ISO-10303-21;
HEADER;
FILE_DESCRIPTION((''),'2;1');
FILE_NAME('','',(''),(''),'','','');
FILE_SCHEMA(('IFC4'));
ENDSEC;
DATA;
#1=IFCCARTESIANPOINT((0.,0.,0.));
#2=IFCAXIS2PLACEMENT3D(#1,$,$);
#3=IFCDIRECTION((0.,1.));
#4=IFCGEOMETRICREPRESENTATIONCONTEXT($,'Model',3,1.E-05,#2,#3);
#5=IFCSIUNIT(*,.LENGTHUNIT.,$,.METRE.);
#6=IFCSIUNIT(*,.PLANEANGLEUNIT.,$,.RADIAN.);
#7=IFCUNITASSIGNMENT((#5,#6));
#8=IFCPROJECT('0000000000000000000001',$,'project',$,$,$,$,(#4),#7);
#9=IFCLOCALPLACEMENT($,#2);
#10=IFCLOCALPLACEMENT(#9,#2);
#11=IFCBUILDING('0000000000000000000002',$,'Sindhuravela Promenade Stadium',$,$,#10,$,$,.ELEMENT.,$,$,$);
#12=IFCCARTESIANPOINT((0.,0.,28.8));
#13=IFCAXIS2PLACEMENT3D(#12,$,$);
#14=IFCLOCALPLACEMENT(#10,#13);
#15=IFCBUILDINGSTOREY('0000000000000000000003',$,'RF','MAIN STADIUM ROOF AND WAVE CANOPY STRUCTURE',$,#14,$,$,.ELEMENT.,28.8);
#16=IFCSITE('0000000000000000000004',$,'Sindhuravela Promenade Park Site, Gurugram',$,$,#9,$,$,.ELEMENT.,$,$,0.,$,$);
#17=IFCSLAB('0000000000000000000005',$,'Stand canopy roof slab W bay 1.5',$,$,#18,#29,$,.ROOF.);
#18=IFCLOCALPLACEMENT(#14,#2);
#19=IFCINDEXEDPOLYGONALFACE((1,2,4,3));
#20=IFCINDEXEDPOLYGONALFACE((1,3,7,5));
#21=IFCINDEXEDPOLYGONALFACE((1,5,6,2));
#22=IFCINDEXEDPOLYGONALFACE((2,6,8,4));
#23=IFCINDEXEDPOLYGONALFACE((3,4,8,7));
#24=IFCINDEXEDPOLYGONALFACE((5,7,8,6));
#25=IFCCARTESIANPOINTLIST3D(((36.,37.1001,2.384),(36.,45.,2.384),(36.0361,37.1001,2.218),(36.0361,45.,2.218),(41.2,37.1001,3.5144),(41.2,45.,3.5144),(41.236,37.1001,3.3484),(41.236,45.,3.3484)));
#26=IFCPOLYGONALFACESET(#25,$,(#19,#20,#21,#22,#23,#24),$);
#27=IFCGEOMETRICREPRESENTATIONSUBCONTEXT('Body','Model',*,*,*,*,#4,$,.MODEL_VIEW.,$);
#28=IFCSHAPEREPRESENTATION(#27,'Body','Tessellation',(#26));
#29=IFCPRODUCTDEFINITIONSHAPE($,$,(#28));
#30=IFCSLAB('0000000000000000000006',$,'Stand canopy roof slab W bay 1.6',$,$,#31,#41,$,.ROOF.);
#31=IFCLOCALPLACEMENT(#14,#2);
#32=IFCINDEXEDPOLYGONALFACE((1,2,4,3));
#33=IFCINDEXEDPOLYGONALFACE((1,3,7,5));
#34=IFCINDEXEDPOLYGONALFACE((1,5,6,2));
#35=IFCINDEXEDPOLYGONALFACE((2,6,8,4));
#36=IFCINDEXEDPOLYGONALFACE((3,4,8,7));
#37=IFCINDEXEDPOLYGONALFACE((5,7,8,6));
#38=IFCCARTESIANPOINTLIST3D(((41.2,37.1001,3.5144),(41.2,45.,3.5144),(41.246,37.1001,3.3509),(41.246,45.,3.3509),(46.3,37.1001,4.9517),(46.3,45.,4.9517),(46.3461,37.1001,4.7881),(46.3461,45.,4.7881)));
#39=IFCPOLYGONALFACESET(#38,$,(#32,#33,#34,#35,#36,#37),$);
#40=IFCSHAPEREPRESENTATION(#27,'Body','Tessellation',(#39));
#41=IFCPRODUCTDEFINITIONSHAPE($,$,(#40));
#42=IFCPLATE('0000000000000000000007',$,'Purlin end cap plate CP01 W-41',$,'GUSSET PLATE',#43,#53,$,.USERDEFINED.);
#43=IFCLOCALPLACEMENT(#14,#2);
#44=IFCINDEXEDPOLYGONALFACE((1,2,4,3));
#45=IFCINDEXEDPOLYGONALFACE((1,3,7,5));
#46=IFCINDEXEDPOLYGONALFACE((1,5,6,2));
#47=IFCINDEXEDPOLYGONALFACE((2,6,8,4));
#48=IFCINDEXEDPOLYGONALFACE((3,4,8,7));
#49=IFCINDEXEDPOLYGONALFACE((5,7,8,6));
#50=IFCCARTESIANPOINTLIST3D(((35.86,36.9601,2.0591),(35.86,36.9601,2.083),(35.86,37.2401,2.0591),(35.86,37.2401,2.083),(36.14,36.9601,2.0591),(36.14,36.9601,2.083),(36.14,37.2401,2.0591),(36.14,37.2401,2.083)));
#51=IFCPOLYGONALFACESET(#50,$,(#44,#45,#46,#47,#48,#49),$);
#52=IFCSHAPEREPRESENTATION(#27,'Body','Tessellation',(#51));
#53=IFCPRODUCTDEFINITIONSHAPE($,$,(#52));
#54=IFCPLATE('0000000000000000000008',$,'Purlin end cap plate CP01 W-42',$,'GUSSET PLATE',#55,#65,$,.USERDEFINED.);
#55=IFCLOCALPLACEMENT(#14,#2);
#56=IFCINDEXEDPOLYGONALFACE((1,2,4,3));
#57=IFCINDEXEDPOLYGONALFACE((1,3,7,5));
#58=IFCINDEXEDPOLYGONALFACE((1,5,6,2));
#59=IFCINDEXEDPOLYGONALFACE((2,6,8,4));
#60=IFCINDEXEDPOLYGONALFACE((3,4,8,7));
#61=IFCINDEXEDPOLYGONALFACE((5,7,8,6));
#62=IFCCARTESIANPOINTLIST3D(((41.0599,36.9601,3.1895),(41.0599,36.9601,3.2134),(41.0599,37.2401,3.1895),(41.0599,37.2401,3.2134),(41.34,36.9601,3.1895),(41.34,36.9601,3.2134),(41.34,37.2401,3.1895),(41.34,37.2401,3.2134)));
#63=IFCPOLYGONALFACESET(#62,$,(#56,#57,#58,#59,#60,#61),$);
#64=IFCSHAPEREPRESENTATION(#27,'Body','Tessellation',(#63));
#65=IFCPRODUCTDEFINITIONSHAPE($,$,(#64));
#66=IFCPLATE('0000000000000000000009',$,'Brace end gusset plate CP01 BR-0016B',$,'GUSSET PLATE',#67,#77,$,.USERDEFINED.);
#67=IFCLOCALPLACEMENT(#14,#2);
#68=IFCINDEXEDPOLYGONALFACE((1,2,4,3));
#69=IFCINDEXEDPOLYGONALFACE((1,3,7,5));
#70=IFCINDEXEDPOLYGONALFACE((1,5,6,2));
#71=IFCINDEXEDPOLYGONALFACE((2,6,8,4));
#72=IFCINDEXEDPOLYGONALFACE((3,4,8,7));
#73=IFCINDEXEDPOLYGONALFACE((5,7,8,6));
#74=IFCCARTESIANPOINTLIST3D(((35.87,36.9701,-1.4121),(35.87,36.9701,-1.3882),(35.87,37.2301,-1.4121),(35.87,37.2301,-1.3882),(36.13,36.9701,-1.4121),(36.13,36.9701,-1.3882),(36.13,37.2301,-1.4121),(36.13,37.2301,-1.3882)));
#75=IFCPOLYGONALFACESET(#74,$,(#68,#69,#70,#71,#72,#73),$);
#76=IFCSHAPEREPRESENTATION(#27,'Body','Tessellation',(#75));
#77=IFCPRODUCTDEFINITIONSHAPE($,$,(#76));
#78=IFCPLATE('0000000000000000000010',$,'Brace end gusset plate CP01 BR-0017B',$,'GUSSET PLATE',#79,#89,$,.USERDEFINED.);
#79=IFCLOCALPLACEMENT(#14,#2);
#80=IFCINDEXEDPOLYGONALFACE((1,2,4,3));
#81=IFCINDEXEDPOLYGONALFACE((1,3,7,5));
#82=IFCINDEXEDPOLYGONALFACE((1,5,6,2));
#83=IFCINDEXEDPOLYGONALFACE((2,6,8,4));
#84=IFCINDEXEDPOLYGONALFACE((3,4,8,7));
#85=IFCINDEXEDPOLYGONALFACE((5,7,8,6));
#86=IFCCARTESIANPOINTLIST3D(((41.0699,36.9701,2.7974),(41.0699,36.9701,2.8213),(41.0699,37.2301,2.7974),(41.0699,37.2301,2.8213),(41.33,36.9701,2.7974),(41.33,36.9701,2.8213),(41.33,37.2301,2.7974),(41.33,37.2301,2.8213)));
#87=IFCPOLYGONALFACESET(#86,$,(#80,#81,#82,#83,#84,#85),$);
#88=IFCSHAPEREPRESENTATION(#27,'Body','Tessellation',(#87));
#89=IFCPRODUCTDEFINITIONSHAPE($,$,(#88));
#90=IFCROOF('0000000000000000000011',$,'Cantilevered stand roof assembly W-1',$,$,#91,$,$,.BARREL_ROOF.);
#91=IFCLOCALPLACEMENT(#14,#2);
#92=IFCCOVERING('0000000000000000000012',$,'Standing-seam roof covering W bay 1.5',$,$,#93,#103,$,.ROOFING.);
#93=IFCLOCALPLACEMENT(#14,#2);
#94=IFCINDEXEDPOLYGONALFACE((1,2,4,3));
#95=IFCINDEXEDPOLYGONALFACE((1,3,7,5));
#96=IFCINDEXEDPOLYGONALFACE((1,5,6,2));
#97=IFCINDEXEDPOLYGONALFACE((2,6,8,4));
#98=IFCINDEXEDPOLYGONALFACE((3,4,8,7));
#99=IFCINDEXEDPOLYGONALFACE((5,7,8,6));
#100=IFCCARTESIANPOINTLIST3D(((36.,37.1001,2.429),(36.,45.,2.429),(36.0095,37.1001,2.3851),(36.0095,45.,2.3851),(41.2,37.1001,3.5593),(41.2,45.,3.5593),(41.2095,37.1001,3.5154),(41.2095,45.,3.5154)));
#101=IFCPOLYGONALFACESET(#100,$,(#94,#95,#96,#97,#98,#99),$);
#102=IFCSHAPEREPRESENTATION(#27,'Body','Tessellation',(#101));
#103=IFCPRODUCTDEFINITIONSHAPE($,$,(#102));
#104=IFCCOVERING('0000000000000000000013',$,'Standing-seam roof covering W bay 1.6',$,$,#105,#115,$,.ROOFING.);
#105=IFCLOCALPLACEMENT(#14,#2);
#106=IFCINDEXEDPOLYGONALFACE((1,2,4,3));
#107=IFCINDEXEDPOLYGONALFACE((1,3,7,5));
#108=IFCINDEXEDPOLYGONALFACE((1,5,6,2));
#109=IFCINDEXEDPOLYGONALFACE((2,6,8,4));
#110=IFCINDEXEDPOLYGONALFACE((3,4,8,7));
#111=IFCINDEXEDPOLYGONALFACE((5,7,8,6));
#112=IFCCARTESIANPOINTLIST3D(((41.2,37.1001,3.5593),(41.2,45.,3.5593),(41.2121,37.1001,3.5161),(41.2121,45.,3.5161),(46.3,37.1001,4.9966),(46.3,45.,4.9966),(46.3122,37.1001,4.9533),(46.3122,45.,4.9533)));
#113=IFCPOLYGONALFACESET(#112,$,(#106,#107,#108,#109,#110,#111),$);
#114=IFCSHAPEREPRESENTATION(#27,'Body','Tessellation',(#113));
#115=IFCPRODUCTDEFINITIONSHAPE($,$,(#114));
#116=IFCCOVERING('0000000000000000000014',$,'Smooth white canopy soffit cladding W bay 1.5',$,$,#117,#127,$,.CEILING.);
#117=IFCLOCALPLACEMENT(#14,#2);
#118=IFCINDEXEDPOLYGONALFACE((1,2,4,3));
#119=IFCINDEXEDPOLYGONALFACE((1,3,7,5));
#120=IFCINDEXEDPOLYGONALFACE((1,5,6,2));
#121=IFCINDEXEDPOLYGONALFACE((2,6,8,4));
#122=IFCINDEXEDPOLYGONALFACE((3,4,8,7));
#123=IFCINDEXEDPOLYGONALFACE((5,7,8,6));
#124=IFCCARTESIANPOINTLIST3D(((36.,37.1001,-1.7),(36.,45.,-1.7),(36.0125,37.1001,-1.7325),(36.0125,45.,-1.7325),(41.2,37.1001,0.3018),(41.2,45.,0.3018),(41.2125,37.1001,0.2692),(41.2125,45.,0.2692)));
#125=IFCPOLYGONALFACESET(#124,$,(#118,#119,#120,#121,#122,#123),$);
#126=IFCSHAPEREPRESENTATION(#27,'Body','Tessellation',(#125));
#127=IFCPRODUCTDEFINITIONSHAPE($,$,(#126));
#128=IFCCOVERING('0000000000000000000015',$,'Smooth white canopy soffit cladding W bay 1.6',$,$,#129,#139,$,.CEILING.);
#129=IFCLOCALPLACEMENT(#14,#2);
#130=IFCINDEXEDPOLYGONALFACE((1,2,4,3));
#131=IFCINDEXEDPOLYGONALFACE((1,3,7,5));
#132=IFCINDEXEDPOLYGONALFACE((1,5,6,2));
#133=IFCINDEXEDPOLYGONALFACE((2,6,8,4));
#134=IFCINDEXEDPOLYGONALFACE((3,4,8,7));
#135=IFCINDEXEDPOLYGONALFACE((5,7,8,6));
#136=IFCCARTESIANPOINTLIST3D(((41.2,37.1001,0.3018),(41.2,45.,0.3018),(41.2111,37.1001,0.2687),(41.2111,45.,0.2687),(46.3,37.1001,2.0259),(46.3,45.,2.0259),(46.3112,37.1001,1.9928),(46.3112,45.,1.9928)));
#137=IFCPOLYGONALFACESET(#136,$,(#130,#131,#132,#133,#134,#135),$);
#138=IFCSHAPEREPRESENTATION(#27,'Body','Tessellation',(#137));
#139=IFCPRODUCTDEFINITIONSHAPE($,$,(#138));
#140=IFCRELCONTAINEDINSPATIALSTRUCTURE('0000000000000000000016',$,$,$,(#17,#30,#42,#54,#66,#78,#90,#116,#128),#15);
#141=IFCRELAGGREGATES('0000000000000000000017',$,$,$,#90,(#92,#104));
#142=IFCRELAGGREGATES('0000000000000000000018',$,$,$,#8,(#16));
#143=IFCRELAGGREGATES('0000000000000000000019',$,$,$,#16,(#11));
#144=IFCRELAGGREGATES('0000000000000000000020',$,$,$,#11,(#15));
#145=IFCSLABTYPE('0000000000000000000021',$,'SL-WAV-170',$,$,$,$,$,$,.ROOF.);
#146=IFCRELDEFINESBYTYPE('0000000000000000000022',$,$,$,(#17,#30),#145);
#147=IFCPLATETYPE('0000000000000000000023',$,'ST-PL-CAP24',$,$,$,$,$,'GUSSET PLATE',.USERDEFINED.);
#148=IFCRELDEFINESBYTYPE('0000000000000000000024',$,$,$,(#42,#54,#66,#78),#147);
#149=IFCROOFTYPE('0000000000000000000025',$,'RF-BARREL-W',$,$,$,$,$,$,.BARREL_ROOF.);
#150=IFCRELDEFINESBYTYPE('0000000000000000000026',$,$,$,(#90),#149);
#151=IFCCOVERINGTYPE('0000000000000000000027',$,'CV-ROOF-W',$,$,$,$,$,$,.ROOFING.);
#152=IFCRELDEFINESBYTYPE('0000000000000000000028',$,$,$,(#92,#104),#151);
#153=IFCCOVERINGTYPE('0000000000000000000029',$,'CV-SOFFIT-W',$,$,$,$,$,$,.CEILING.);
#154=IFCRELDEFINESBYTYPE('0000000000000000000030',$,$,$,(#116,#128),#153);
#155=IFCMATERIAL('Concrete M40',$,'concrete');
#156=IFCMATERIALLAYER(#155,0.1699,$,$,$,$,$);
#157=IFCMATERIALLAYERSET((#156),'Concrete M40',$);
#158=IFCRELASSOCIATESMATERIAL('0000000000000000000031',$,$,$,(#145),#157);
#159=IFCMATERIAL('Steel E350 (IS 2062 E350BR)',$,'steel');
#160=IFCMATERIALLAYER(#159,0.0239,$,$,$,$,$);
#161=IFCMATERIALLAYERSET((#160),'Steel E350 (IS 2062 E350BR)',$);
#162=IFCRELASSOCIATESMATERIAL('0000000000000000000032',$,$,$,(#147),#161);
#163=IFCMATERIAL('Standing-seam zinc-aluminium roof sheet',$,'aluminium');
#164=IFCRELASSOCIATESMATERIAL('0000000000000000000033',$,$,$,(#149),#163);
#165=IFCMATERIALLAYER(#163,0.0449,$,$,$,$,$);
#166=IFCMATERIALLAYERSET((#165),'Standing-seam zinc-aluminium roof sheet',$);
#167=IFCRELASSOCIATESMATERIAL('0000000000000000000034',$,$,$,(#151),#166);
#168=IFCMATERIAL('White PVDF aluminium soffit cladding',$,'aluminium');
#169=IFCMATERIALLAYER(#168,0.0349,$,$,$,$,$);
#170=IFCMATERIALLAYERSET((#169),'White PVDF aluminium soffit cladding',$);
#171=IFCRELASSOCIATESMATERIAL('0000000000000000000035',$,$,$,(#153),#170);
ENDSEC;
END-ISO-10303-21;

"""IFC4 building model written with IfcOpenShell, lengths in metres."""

from ifc_helpers import new_model, si_unit, direction, frame, origin, origin_2d, place, context, subcontext, project, spatial, polyline, rectangle, outline, extrude, material, layer, layer_set, type_object, element, aggregate, save


model = new_model("IFC4")

# Units and contexts
model_context = context("Model", 3, precision=1e-05, world=origin(), true_north=direction((0.0, 1.0)))
body_context = subcontext(model_context, "Body", "Model", "MODEL_VIEW")
ifc_project = project(units=[si_unit("LENGTHUNIT", "METRE"), si_unit("PLANEANGLEUNIT", "RADIAN")], contexts=[model_context])

# Site, building, storey
site_placement = place(None, origin())
site = spatial("IfcSite", under=ifc_project, at=site_placement, Name="Sindhuravela Promenade Park Site, Gurugram", CompositionType="ELEMENT", RefElevation=0.0)
building_placement = place(site_placement, origin())
building = spatial("IfcBuilding", under=site, at=building_placement, Name="Sindhuravela Promenade Stadium", CompositionType="ELEMENT")
storey_placement = place(building_placement, frame((0.0, 0.0, 28.8)))
storey = spatial("IfcBuildingStorey", under=building, at=storey_placement, Name="RF", Description="MAIN STADIUM ROOF AND WAVE CANOPY STRUCTURE", CompositionType="ELEMENT", Elevation=28.8)

# Shared definitions
ifc_material_1 = material(Name="Steel E350 (IS 2062 E350BR)", Category="steel")

# Slabs
ifc_material_2 = material(Name="Concrete M40", Category="concrete")
ifc_layer_1 = layer(ifc_material_2, 0.1699)
ifc_layer_set_1 = layer_set([ifc_layer_1], Name="Concrete M40")
slab_type = type_object("IfcSlabType", Name="SL-WAV-170", PredefinedType="ROOF", material=ifc_layer_set_1)
slab_1_placement = place(storey_placement, frame((36.0, 37.1001, 2.384), z_axis=(-0.21242, 0.0, 0.977178), x_axis=(0.0, 1.0, 0.0)))
element("IfcSlab", 1, at=slab_1_placement, inside=storey, type_object=slab_type, Name="Stand canopy roof slab W bay 1.5", PredefinedType="ROOF", context=body_context, shape_type="SweptSolid", body=[
    extrude(outline(polyline([(0.0, 0.0), (0.0, -5.3214), (7.8999, -5.3214), (7.8999, 0.0), (0.0, 0.0)])), origin(), (0.0, 0.0, -1.0), 0.1699),
])
slab_2_placement = place(storey_placement, frame((41.2, 37.1001, 3.5144), z_axis=(-0.271245, 0.0, 0.96251), x_axis=(0.0, 1.0, 0.0)))
element("IfcSlab", 2, at=slab_2_placement, inside=storey, type_object=slab_type, Name="Stand canopy roof slab W bay 1.6", PredefinedType="ROOF", context=body_context, shape_type="SweptSolid", body=[
    extrude(outline(polyline([(0.0, 0.0), (0.0, -5.2987), (7.8999, -5.2987), (7.8999, 0.0), (0.0, 0.0)])), origin(), (0.0, 0.0, -1.0), 0.1699),
])

# Plates
ifc_layer_2 = layer(ifc_material_1, 0.0239)
ifc_layer_set_2 = layer_set([ifc_layer_2], Name="Steel E350 (IS 2062 E350BR)")
plate_type = type_object("IfcPlateType", Name="ST-PL-CAP24", ElementType="GUSSET PLATE", PredefinedType="USERDEFINED", material=ifc_layer_set_2)
for number, where, z_axis, x_axis, name in (
    (3, (36.0, 37.1001, 2.0591), (0.0, 0.0, 1.0), (1.0, 0.0, 0.0), "Purlin end cap plate CP01 W-41"),
    (4, (41.2, 37.1001, 3.1895), (0.0, 0.0, 1.0), (1.0, 0.0, 0.0), "Purlin end cap plate CP01 W-42"),
):
    element("IfcPlate", number, at=place(storey_placement, frame(where, z_axis=z_axis, x_axis=x_axis)), inside=storey, type_object=plate_type, Name=name, ObjectType="GUSSET PLATE", PredefinedType="USERDEFINED", context=body_context, shape_type="SweptSolid", body=[
        extrude(rectangle(XDim=0.28, YDim=0.28, at=origin_2d()), origin(), (0.0, 0.0, 1.0), 0.0239),
    ])
for number, where, z_axis, x_axis, name in (
    (5, (36.0, 37.1001, -1.4121), (0.0, 0.0, 1.0), (1.0, 0.0, 0.0), "Brace end gusset plate CP01 BR-0016B"),
    (6, (41.2, 37.1001, 2.7974), (0.0, 0.0, 1.0), (1.0, 0.0, 0.0), "Brace end gusset plate CP01 BR-0017B"),
):
    element("IfcPlate", number, at=place(storey_placement, frame(where, z_axis=z_axis, x_axis=x_axis)), inside=storey, type_object=plate_type, Name=name, ObjectType="GUSSET PLATE", PredefinedType="USERDEFINED", context=body_context, shape_type="SweptSolid", body=[
        extrude(rectangle(XDim=0.26, YDim=0.26, at=origin_2d()), origin(), (0.0, 0.0, 1.0), 0.0239),
    ])

# Roof, coverings
ifc_material_3 = material(Name="Standing-seam zinc-aluminium roof sheet", Category="aluminium")
roof_type = type_object("IfcRoofType", Name="RF-BARREL-W", PredefinedType="BARREL_ROOF", material=ifc_material_3)
roof_placement = place(storey_placement, origin())
roof = element("IfcRoof", 7, at=roof_placement, inside=storey, type_object=roof_type, Name="Cantilevered stand roof assembly W-1", PredefinedType="BARREL_ROOF")
ifc_layer_3 = layer(ifc_material_3, 0.0449)
ifc_layer_set_3 = layer_set([ifc_layer_3], Name="Standing-seam zinc-aluminium roof sheet")
covering_type_1 = type_object("IfcCoveringType", Name="CV-ROOF-W", PredefinedType="ROOFING", material=ifc_layer_set_3)
covering_1_placement = place(storey_placement, frame((36.0, 37.1001, 2.429), z_axis=(-0.21242, 0.0, 0.977178), x_axis=(0.0, 1.0, 0.0)))
covering_1 = element("IfcCovering", 8, at=covering_1_placement, type_object=covering_type_1, Name="Standing-seam roof covering W bay 1.5", PredefinedType="ROOFING", context=body_context, shape_type="SweptSolid", body=[
    extrude(outline(polyline([(0.0, 0.0), (0.0, -5.3214), (7.8999, -5.3214), (7.8999, 0.0), (0.0, 0.0)])), origin(), (0.0, 0.0, -1.0), 0.0449),
])
covering_2_placement = place(storey_placement, frame((41.2, 37.1001, 3.5593), z_axis=(-0.271245, 0.0, 0.96251), x_axis=(0.0, 1.0, 0.0)))
covering_2 = element("IfcCovering", 9, at=covering_2_placement, type_object=covering_type_1, Name="Standing-seam roof covering W bay 1.6", PredefinedType="ROOFING", context=body_context, shape_type="SweptSolid", body=[
    extrude(outline(polyline([(0.0, 0.0), (0.0, -5.2987), (7.8999, -5.2987), (7.8999, 0.0), (0.0, 0.0)])), origin(), (0.0, 0.0, -1.0), 0.0449),
])
aggregate(roof, [covering_1, covering_2])

# Coverings
ifc_material_4 = material(Name="White PVDF aluminium soffit cladding", Category="aluminium")
ifc_layer_4 = layer(ifc_material_4, 0.0349)
ifc_layer_set_4 = layer_set([ifc_layer_4], Name="White PVDF aluminium soffit cladding")
covering_type_2 = type_object("IfcCoveringType", Name="CV-SOFFIT-W", PredefinedType="CEILING", material=ifc_layer_set_4)
covering_3_placement = place(storey_placement, frame((36.0, 37.1001, -1.7), z_axis=(-0.359249, 0.0, 0.933242), x_axis=(0.0, 1.0, 0.0)))
element("IfcCovering", 10, at=covering_3_placement, inside=storey, type_object=covering_type_2, Name="Smooth white canopy soffit cladding W bay 1.5", PredefinedType="CEILING", context=body_context, shape_type="SweptSolid", body=[
    extrude(outline(polyline([(0.0, 0.0), (0.0, -5.5719), (7.8999, -5.5719), (7.8999, 0.0), (0.0, 0.0)])), origin(), (0.0, 0.0, -1.0), 0.0349),
])
covering_4_placement = place(storey_placement, frame((41.2, 37.1001, 0.3018), z_axis=(-0.320252, 0.0, 0.947332), x_axis=(0.0, 1.0, 0.0)))
element("IfcCovering", 11, at=covering_4_placement, inside=storey, type_object=covering_type_2, Name="Smooth white canopy soffit cladding W bay 1.6", PredefinedType="CEILING", context=body_context, shape_type="SweptSolid", body=[
    extrude(outline(polyline([(0.0, 0.0), (0.0, -5.3836), (7.8999, -5.3836), (7.8999, 0.0), (0.0, 0.0)])), origin(), (0.0, 0.0, -1.0), 0.0349),
])

save(model, "model.ifc")
